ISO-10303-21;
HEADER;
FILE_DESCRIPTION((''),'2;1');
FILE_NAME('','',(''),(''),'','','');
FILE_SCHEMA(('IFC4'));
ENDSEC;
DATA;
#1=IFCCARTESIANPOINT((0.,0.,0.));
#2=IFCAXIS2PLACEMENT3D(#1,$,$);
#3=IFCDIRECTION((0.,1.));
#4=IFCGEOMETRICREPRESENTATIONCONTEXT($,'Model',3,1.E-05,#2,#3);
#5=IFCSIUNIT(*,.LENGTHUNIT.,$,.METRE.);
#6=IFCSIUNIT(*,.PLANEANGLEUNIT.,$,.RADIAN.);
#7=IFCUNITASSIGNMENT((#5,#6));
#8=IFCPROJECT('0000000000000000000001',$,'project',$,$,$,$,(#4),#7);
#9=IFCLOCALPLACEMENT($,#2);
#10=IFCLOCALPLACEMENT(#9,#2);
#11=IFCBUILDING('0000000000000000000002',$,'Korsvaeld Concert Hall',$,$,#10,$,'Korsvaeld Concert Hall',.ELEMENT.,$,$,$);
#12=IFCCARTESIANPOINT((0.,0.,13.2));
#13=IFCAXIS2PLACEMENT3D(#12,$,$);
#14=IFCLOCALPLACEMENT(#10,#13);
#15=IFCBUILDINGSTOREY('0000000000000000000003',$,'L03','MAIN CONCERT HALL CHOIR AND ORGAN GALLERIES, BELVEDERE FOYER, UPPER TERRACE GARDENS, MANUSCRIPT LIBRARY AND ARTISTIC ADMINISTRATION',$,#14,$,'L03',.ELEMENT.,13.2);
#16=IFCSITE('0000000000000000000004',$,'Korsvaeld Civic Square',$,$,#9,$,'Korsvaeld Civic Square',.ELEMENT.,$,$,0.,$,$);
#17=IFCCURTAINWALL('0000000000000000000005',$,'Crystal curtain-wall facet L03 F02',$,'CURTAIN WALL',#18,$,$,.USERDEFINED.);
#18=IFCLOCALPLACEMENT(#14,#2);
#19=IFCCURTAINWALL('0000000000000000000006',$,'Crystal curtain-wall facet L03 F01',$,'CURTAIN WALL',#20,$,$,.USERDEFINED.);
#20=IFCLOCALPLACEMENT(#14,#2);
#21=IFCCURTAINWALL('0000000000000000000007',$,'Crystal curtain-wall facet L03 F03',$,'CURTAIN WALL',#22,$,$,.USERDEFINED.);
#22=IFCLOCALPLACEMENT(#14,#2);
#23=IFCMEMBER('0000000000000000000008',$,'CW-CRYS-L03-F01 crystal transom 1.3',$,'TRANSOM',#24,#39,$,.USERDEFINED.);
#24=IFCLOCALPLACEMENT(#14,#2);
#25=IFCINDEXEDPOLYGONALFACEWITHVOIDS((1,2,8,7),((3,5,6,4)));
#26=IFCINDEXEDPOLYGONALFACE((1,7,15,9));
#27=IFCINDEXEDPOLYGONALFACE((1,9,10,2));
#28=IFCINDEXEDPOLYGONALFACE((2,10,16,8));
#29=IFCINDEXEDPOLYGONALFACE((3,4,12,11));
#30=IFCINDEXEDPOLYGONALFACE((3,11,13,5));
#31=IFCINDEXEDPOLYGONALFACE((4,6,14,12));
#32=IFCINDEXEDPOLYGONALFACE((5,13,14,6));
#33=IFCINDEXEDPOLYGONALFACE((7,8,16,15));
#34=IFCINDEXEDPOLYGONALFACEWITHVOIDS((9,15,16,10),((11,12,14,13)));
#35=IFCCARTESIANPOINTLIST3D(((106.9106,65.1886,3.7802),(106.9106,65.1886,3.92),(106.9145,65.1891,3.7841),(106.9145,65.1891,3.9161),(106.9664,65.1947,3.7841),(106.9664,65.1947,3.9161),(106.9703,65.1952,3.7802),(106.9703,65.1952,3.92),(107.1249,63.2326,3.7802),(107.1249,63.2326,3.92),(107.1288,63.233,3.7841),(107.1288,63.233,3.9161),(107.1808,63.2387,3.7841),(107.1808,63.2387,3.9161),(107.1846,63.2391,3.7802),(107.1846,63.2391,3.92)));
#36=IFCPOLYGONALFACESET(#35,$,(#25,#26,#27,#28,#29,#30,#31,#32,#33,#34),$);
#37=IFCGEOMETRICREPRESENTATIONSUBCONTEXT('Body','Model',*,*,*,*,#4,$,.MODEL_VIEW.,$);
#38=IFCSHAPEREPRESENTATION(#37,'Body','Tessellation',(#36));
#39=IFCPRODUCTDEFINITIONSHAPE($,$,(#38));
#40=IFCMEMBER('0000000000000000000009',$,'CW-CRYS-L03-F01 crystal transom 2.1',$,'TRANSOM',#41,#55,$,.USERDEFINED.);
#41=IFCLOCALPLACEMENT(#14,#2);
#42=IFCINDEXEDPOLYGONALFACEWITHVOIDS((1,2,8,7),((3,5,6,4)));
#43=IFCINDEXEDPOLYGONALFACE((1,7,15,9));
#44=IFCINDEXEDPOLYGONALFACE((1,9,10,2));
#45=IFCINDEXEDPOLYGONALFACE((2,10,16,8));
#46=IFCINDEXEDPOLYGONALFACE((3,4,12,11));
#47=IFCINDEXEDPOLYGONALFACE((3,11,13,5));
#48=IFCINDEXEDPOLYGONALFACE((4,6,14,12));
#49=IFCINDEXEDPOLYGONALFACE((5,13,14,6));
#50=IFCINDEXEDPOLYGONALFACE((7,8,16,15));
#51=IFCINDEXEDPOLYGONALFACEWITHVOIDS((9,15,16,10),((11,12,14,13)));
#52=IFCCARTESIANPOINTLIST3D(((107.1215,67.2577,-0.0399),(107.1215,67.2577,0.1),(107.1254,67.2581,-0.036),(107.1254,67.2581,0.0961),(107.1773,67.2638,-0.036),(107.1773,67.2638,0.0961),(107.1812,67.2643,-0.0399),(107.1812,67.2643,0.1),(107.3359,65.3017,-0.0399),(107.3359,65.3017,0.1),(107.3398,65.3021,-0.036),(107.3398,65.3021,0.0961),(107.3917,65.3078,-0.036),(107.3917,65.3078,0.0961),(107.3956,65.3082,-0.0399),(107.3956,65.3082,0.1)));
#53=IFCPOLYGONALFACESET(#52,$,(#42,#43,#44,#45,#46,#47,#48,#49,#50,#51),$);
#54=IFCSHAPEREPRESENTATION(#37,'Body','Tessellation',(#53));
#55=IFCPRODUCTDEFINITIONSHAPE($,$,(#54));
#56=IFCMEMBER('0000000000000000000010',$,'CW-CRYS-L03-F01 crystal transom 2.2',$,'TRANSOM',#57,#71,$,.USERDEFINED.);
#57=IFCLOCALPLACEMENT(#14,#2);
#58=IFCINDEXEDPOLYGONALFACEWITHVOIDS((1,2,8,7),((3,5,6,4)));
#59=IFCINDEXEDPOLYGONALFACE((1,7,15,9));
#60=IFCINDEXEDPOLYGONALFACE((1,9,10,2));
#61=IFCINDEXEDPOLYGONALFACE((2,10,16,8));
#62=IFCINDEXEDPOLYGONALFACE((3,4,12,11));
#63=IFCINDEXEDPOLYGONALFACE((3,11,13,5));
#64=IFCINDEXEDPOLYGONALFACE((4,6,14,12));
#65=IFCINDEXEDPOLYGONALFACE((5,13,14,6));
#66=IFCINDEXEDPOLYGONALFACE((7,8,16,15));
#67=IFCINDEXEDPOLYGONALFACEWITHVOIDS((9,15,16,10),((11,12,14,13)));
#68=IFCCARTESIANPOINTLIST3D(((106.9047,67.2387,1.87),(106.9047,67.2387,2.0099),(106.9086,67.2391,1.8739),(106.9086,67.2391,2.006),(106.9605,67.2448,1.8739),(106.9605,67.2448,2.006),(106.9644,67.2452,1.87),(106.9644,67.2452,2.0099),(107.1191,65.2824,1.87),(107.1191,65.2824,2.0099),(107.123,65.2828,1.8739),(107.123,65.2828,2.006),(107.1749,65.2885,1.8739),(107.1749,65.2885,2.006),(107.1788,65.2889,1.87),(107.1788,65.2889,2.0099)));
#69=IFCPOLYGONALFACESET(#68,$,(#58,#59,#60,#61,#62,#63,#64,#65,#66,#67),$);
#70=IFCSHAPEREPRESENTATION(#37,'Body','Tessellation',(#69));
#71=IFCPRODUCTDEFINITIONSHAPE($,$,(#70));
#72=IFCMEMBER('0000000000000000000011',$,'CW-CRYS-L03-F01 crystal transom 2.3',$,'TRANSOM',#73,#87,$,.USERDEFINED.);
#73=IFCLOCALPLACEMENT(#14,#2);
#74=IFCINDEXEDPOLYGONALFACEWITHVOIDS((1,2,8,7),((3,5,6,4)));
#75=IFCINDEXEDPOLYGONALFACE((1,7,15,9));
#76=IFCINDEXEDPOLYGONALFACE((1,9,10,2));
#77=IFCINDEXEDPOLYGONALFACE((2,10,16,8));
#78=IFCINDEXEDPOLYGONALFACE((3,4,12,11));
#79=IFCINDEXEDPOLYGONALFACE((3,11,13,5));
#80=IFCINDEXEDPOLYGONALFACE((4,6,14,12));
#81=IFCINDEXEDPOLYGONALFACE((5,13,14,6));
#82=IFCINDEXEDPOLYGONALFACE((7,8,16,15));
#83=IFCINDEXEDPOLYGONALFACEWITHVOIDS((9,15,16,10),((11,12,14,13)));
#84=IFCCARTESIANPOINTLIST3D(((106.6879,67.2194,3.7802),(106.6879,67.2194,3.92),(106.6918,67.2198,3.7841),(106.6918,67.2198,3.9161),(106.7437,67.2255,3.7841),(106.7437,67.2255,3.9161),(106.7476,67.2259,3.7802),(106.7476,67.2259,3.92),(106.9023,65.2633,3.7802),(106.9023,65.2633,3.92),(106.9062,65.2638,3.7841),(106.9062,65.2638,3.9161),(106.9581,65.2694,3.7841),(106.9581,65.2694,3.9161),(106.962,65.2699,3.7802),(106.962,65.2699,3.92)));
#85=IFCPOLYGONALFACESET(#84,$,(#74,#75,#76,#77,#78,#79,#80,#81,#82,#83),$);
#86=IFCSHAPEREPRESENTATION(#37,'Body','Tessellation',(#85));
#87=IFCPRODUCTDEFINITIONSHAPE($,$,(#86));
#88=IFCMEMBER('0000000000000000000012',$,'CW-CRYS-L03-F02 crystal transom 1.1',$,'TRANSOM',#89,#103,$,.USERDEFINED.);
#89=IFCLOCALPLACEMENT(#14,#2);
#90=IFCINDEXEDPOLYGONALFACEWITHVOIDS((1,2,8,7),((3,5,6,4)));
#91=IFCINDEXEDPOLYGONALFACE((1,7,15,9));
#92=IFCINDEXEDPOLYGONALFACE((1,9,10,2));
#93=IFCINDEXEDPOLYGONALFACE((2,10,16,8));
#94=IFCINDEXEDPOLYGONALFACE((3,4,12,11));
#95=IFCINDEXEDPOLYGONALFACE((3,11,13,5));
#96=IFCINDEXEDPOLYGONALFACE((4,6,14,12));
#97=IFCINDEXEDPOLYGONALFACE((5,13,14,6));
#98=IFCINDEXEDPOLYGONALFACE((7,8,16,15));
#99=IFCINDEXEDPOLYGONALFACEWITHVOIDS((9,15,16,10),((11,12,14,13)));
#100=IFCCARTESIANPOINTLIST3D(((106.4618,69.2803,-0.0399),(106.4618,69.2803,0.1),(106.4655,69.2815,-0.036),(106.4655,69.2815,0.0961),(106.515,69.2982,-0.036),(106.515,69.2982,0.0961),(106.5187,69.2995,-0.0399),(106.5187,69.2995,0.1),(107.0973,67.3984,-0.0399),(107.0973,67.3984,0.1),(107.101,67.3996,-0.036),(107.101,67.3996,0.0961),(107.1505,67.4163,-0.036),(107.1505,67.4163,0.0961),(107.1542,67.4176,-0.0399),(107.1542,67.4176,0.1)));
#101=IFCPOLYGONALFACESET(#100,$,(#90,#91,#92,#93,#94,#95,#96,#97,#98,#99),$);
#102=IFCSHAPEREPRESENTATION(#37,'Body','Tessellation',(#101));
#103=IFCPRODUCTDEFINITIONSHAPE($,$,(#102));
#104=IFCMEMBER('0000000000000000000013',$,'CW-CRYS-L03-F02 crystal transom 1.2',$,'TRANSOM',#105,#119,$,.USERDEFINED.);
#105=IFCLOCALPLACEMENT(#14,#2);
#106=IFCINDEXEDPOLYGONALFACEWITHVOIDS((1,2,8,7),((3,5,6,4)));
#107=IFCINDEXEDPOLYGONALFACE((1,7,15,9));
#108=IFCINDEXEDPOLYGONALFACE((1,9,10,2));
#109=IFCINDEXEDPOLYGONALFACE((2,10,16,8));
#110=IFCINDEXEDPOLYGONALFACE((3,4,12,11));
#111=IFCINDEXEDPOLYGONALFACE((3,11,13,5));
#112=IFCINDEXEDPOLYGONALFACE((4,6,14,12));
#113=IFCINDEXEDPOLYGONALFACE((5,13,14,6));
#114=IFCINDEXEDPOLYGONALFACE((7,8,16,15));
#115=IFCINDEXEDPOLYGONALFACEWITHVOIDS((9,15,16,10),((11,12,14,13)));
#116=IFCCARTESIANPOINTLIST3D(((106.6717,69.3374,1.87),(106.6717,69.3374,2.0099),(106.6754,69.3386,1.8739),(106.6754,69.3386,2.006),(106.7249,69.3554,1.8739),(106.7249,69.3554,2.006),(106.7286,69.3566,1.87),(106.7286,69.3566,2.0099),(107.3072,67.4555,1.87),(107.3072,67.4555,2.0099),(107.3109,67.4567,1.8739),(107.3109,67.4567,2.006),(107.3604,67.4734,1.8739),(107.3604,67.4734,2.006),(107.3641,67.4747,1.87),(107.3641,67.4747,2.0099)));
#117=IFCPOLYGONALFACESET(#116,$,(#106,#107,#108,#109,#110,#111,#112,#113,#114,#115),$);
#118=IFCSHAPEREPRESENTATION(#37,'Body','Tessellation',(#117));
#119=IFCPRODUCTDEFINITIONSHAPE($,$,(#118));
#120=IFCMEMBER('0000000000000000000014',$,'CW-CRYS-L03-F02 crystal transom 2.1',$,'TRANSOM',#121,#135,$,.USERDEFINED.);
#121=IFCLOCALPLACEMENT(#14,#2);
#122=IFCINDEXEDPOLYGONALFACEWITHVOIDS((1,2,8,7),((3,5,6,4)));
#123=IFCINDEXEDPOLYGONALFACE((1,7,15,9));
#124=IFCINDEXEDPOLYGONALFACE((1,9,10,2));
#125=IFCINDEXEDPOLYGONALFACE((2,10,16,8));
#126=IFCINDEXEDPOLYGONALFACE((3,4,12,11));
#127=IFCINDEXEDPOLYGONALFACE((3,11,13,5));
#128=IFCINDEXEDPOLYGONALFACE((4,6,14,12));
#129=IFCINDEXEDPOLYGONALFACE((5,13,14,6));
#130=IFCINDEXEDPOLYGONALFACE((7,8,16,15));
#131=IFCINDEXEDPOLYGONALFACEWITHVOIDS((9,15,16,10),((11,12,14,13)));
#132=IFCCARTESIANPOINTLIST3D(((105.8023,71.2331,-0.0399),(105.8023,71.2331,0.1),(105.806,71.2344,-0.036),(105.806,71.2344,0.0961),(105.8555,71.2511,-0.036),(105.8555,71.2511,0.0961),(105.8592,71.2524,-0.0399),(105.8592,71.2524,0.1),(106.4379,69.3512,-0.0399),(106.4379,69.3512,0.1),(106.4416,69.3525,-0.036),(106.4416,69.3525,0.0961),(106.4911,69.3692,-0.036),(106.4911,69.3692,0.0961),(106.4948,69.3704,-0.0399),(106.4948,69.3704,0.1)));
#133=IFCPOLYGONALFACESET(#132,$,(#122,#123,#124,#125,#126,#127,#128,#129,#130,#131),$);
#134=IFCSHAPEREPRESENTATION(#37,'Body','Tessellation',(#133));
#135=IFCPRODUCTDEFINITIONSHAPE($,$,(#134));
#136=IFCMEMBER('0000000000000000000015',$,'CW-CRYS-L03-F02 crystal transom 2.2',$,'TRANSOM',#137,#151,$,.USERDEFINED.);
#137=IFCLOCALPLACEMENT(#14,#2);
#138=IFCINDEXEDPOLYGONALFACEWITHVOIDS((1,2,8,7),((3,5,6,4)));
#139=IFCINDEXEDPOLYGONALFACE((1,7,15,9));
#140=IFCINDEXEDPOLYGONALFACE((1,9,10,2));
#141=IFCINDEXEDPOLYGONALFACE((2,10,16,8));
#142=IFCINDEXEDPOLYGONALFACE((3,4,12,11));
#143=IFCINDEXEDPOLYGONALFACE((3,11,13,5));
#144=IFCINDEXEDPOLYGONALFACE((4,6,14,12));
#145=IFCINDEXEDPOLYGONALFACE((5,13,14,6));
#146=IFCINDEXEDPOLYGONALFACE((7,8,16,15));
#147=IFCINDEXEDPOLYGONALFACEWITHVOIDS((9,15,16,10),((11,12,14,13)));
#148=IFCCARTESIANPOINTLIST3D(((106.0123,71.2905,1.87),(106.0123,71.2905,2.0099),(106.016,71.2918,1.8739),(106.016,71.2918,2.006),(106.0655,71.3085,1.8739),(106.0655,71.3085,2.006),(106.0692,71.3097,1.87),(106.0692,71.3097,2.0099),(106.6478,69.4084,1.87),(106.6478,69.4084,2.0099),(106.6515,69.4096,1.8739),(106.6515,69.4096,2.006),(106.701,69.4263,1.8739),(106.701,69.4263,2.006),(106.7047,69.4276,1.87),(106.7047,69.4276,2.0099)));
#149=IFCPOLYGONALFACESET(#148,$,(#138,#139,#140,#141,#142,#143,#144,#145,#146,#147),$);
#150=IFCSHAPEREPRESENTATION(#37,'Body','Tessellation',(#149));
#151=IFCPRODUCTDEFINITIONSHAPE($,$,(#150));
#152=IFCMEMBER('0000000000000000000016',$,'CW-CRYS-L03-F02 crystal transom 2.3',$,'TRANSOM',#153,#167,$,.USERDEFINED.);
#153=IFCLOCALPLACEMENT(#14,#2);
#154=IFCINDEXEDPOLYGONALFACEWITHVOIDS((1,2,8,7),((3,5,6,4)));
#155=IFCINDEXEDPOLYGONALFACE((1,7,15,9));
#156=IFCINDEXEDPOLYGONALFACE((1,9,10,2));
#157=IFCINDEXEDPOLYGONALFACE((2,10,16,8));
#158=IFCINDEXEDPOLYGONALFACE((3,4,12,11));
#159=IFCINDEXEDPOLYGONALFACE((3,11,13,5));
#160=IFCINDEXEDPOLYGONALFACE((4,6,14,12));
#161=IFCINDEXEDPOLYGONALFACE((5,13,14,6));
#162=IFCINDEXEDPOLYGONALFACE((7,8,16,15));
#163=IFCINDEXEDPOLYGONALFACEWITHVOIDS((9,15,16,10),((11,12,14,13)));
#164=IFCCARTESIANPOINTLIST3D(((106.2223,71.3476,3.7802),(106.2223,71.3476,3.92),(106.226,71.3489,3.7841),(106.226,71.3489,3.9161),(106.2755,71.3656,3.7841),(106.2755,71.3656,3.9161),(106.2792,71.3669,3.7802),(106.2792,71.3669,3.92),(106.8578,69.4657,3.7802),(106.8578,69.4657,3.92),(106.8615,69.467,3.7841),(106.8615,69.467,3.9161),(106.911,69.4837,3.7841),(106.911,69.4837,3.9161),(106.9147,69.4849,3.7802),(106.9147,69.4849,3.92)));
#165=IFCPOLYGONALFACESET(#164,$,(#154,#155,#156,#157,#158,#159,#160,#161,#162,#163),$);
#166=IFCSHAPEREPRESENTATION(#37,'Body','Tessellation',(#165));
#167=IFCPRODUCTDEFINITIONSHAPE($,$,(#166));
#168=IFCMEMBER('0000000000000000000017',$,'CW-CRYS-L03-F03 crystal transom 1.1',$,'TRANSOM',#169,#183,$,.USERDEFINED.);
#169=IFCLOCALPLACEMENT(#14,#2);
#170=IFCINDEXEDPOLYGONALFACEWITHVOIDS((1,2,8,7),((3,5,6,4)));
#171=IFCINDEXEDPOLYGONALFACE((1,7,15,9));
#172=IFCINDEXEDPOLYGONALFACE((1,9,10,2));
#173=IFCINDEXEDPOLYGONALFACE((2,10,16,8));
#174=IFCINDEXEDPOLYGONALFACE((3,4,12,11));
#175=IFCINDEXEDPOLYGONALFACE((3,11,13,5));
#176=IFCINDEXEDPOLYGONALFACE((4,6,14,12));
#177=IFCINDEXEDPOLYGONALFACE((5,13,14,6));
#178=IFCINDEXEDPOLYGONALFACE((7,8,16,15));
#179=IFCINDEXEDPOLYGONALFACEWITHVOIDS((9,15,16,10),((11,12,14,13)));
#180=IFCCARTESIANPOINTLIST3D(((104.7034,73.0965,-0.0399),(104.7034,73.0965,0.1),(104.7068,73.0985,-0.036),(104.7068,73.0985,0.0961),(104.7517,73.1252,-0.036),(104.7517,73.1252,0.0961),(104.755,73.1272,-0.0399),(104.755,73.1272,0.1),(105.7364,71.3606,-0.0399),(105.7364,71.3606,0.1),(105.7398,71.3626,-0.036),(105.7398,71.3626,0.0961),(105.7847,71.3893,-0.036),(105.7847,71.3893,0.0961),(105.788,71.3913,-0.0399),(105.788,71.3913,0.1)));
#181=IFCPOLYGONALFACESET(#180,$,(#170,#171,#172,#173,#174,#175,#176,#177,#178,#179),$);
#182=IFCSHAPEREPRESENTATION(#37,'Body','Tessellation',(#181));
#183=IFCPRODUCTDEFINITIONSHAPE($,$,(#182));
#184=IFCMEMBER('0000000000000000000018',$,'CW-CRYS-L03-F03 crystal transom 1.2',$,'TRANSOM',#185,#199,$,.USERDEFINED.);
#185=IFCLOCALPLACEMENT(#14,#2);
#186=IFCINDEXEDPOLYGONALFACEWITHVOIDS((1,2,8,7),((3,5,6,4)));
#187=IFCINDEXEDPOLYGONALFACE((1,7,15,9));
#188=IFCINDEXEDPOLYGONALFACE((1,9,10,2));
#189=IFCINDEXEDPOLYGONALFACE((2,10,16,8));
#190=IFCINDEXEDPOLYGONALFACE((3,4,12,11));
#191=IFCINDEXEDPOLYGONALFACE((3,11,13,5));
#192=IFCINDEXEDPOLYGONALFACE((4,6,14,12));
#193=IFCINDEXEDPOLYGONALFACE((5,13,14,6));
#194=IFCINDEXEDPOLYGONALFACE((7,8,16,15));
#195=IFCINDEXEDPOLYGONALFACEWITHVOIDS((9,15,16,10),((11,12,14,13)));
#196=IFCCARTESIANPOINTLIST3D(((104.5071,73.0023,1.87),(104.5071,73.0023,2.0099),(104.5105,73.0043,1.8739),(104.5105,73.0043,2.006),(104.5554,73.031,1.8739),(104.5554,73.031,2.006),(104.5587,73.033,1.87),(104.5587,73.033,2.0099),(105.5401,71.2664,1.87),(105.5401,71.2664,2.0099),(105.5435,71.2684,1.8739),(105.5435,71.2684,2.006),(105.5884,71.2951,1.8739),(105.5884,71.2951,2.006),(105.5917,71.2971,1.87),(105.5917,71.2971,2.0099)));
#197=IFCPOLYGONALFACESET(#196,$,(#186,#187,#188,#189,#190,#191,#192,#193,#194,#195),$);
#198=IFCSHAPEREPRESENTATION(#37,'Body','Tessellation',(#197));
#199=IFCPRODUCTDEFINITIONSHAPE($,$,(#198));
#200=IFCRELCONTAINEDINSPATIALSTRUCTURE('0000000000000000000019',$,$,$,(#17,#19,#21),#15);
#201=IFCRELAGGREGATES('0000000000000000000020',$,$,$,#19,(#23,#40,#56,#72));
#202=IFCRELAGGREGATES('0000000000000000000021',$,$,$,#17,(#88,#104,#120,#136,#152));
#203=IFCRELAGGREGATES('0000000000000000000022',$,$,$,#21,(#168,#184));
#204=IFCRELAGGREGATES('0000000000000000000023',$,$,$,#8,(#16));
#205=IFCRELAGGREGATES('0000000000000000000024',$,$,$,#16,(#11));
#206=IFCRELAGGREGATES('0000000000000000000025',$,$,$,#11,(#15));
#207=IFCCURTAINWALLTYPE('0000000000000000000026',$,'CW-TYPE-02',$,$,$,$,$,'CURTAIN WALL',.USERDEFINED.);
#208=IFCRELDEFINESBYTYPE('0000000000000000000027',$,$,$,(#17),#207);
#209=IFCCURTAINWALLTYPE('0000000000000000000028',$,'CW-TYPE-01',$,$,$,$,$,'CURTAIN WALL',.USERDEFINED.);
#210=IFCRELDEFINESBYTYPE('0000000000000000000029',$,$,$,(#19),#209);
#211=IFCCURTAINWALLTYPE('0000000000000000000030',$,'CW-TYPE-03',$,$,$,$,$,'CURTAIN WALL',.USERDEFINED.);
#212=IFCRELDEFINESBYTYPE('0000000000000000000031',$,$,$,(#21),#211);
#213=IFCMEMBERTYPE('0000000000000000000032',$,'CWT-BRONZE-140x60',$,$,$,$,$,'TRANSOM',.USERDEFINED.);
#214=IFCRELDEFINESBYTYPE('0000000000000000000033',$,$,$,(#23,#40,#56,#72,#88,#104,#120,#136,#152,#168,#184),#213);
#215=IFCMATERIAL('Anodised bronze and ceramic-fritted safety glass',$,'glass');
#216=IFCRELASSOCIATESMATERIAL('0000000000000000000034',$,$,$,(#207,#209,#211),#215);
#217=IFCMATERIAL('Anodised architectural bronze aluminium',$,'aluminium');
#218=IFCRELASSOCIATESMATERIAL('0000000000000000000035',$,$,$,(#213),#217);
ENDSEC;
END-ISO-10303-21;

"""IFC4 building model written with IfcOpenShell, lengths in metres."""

from ifc_helpers import new_model, si_unit, direction, frame, origin, origin_2d, place, context, subcontext, project, spatial, hollow_rectangle, extrude, material, material_profile, profile_set, type_object, element, aggregate, save


model = new_model("IFC4")

# Units and contexts
model_context = context("Model", 3, precision=1e-05, world=origin(), true_north=direction((0.0, 1.0)))
body_context = subcontext(model_context, "Body", "Model", "MODEL_VIEW")
ifc_project = project(units=[si_unit("LENGTHUNIT", "METRE"), si_unit("PLANEANGLEUNIT", "RADIAN")], contexts=[model_context])

# Site, building, storey
site_placement = place(None, origin())
site = spatial("IfcSite", under=ifc_project, at=site_placement, Name="Korsvaeld Civic Square", LongName="Korsvaeld Civic Square", CompositionType="ELEMENT", RefElevation=0.0)
building_placement = place(site_placement, origin())
building = spatial("IfcBuilding", under=site, at=building_placement, Name="Korsvaeld Concert Hall", LongName="Korsvaeld Concert Hall", CompositionType="ELEMENT")
storey_placement = place(building_placement, frame((0.0, 0.0, 13.2)))
storey = spatial("IfcBuildingStorey", under=building, at=storey_placement, Name="L03", Description="MAIN CONCERT HALL CHOIR AND ORGAN GALLERIES, BELVEDERE FOYER, UPPER TERRACE GARDENS, MANUSCRIPT LIBRARY AND ARTISTIC ADMINISTRATION", LongName="L03", CompositionType="ELEMENT", Elevation=13.2)

# Curtain wall
ifc_material_1 = material(Name="Anodised bronze and ceramic-fritted safety glass", Category="glass")
curtain_wall_type_1 = type_object("IfcCurtainWallType", Name="CW-TYPE-02", ElementType="CURTAIN WALL", PredefinedType="USERDEFINED", material=ifc_material_1)
curtain_wall_1_placement = place(storey_placement, origin())
curtain_wall_1 = element("IfcCurtainWall", 1, at=curtain_wall_1_placement, inside=storey, type_object=curtain_wall_type_1, Name="Crystal curtain-wall facet L03 F02", ObjectType="CURTAIN WALL", PredefinedType="USERDEFINED")
ifc_material_2 = material(Name="Anodised architectural bronze aluminium", Category="aluminium")

# Curtain walls
curtain_wall_type_2 = type_object("IfcCurtainWallType", Name="CW-TYPE-01", ElementType="CURTAIN WALL", PredefinedType="USERDEFINED", material=ifc_material_1)
curtain_wall_2_placement = place(storey_placement, origin())
curtain_wall_2 = element("IfcCurtainWall", 2, at=curtain_wall_2_placement, inside=storey, type_object=curtain_wall_type_2, Name="Crystal curtain-wall facet L03 F01", ObjectType="CURTAIN WALL", PredefinedType="USERDEFINED")
curtain_wall_type_3 = type_object("IfcCurtainWallType", Name="CW-TYPE-03", ElementType="CURTAIN WALL", PredefinedType="USERDEFINED", material=ifc_material_1)
curtain_wall_3_placement = place(storey_placement, origin())
curtain_wall_3 = element("IfcCurtainWall", 3, at=curtain_wall_3_placement, inside=storey, type_object=curtain_wall_type_3, Name="Crystal curtain-wall facet L03 F03", ObjectType="CURTAIN WALL", PredefinedType="USERDEFINED")

# Members
ifc_material_profile_1 = material_profile(ifc_material_2, hollow_rectangle(XDim=0.0601, YDim=0.1399, WallThickness=0.0039, at=origin_2d()), Name="CWT 140x60x4")
ifc_profile_set_1 = profile_set([ifc_material_profile_1], Name="Anodised architectural bronze aluminium")
member_type_1 = type_object("IfcMemberType", Name="CWT-BRONZE-140x60", ElementType="TRANSOM", PredefinedType="USERDEFINED", material=ifc_profile_set_1)
member_1_placement = place(storey_placement, frame((107.1548, 63.2358, 3.8501), z_axis=(-0.108933, 0.994049, 0.0), x_axis=(-0.994049, -0.108933, 0.0)))
member_1 = element("IfcMember", 4, at=member_1_placement, type_object=member_type_1, Name="CW-CRYS-L03-F01 crystal transom 1.3", ObjectType="TRANSOM", PredefinedType="USERDEFINED", context=body_context, shape_type="SweptSolid", body=[
    extrude(hollow_rectangle(XDim=0.0601, YDim=0.1399, WallThickness=0.0039, at=origin_2d()), origin(), (0.0, 0.0, 1.0), 1.9678),
])
member_2_placement = place(storey_placement, frame((107.3657, 65.3049, 0.03), z_axis=(-0.108933, 0.994049, 0.0), x_axis=(-0.994049, -0.108933, 0.0)))
member_2 = element("IfcMember", 5, at=member_2_placement, type_object=member_type_1, Name="CW-CRYS-L03-F01 crystal transom 2.1", ObjectType="TRANSOM", PredefinedType="USERDEFINED", context=body_context, shape_type="SweptSolid", body=[
    extrude(hollow_rectangle(XDim=0.0601, YDim=0.1399, WallThickness=0.0039, at=origin_2d()), origin(), (0.0, 0.0, 1.0), 1.9678),
])
member_3_placement = place(storey_placement, frame((107.1489, 65.2856, 1.9399), z_axis=(-0.10892, 0.994051, 0.0), x_axis=(-0.994051, -0.10892, 0.0)))
member_3 = element("IfcMember", 6, at=member_3_placement, type_object=member_type_1, Name="CW-CRYS-L03-F01 crystal transom 2.2", ObjectType="TRANSOM", PredefinedType="USERDEFINED", context=body_context, shape_type="SweptSolid", body=[
    extrude(hollow_rectangle(XDim=0.0601, YDim=0.1399, WallThickness=0.0039, at=origin_2d()), origin(), (0.0, 0.0, 1.0), 1.968),
])
member_4_placement = place(storey_placement, frame((106.9321, 65.2666, 3.8501), z_axis=(-0.108933, 0.994049, 0.0), x_axis=(-0.994049, -0.108933, 0.0)))
member_4 = element("IfcMember", 7, at=member_4_placement, type_object=member_type_1, Name="CW-CRYS-L03-F01 crystal transom 2.3", ObjectType="TRANSOM", PredefinedType="USERDEFINED", context=body_context, shape_type="SweptSolid", body=[
    extrude(hollow_rectangle(XDim=0.0601, YDim=0.1399, WallThickness=0.0039, at=origin_2d()), origin(), (0.0, 0.0, 1.0), 1.9678),
])
member_5_placement = place(storey_placement, frame((107.1257, 67.408, 0.03), z_axis=(-0.31995, 0.947435, 0.0), x_axis=(-0.947435, -0.31995, 0.0)))
member_5 = element("IfcMember", 8, at=member_5_placement, type_object=member_type_1, Name="CW-CRYS-L03-F02 crystal transom 1.1", ObjectType="TRANSOM", PredefinedType="USERDEFINED", context=body_context, shape_type="SweptSolid", body=[
    extrude(hollow_rectangle(XDim=0.0601, YDim=0.1399, WallThickness=0.0039, at=origin_2d()), origin(), (0.0, 0.0, 1.0), 1.9863),
])
member_6_placement = place(storey_placement, frame((107.3357, 67.4651, 1.9399), z_axis=(-0.31995, 0.947435, 0.0), x_axis=(-0.947435, -0.31995, 0.0)))
member_6 = element("IfcMember", 9, at=member_6_placement, type_object=member_type_1, Name="CW-CRYS-L03-F02 crystal transom 1.2", ObjectType="TRANSOM", PredefinedType="USERDEFINED", context=body_context, shape_type="SweptSolid", body=[
    extrude(hollow_rectangle(XDim=0.0601, YDim=0.1399, WallThickness=0.0039, at=origin_2d()), origin(), (0.0, 0.0, 1.0), 1.9863),
])
member_7_placement = place(storey_placement, frame((106.4663, 69.3608, 0.03), z_axis=(-0.31995, 0.947435, 0.0), x_axis=(-0.947435, -0.31995, 0.0)))
member_7 = element("IfcMember", 10, at=member_7_placement, type_object=member_type_1, Name="CW-CRYS-L03-F02 crystal transom 2.1", ObjectType="TRANSOM", PredefinedType="USERDEFINED", context=body_context, shape_type="SweptSolid", body=[
    extrude(hollow_rectangle(XDim=0.0601, YDim=0.1399, WallThickness=0.0039, at=origin_2d()), origin(), (0.0, 0.0, 1.0), 1.9863),
])
member_8_placement = place(storey_placement, frame((106.6763, 69.418, 1.9399), z_axis=(-0.319912, 0.947447, 0.0), x_axis=(-0.947447, -0.319912, 0.0)))
member_8 = element("IfcMember", 11, at=member_8_placement, type_object=member_type_1, Name="CW-CRYS-L03-F02 crystal transom 2.2", ObjectType="TRANSOM", PredefinedType="USERDEFINED", context=body_context, shape_type="SweptSolid", body=[
    extrude(hollow_rectangle(XDim=0.0601, YDim=0.1399, WallThickness=0.0039, at=origin_2d()), origin(), (0.0, 0.0, 1.0), 1.9866),
])
member_9_placement = place(storey_placement, frame((106.8862, 69.4753, 3.8501), z_axis=(-0.31995, 0.947435, 0.0), x_axis=(-0.947435, -0.31995, 0.0)))
member_9 = element("IfcMember", 12, at=member_9_placement, type_object=member_type_1, Name="CW-CRYS-L03-F02 crystal transom 2.3", ObjectType="TRANSOM", PredefinedType="USERDEFINED", context=body_context, shape_type="SweptSolid", body=[
    extrude(hollow_rectangle(XDim=0.0601, YDim=0.1399, WallThickness=0.0039, at=origin_2d()), origin(), (0.0, 0.0, 1.0), 1.9863),
])
member_10_placement = place(storey_placement, frame((105.7622, 71.376, 0.03), z_axis=(-0.511382, 0.859354, 0.0), x_axis=(-0.859354, -0.511382, 0.0)))
member_10 = element("IfcMember", 13, at=member_10_placement, type_object=member_type_1, Name="CW-CRYS-L03-F03 crystal transom 1.1", ObjectType="TRANSOM", PredefinedType="USERDEFINED", context=body_context, shape_type="SweptSolid", body=[
    extrude(hollow_rectangle(XDim=0.0601, YDim=0.1399, WallThickness=0.0039, at=origin_2d()), origin(), (0.0, 0.0, 1.0), 2.02),
])
member_11_placement = place(storey_placement, frame((105.5659, 71.2817, 1.9399), z_axis=(-0.511382, 0.859354, 0.0), x_axis=(-0.859354, -0.511382, 0.0)))
member_11 = element("IfcMember", 14, at=member_11_placement, type_object=member_type_1, Name="CW-CRYS-L03-F03 crystal transom 1.2", ObjectType="TRANSOM", PredefinedType="USERDEFINED", context=body_context, shape_type="SweptSolid", body=[
    extrude(hollow_rectangle(XDim=0.0601, YDim=0.1399, WallThickness=0.0039, at=origin_2d()), origin(), (0.0, 0.0, 1.0), 2.02),
])

aggregate(curtain_wall_2, [member_1, member_2, member_3, member_4])
aggregate(curtain_wall_1, [member_5, member_6, member_7, member_8, member_9])
aggregate(curtain_wall_3, [member_10, member_11])

save(model, "model.ifc")
